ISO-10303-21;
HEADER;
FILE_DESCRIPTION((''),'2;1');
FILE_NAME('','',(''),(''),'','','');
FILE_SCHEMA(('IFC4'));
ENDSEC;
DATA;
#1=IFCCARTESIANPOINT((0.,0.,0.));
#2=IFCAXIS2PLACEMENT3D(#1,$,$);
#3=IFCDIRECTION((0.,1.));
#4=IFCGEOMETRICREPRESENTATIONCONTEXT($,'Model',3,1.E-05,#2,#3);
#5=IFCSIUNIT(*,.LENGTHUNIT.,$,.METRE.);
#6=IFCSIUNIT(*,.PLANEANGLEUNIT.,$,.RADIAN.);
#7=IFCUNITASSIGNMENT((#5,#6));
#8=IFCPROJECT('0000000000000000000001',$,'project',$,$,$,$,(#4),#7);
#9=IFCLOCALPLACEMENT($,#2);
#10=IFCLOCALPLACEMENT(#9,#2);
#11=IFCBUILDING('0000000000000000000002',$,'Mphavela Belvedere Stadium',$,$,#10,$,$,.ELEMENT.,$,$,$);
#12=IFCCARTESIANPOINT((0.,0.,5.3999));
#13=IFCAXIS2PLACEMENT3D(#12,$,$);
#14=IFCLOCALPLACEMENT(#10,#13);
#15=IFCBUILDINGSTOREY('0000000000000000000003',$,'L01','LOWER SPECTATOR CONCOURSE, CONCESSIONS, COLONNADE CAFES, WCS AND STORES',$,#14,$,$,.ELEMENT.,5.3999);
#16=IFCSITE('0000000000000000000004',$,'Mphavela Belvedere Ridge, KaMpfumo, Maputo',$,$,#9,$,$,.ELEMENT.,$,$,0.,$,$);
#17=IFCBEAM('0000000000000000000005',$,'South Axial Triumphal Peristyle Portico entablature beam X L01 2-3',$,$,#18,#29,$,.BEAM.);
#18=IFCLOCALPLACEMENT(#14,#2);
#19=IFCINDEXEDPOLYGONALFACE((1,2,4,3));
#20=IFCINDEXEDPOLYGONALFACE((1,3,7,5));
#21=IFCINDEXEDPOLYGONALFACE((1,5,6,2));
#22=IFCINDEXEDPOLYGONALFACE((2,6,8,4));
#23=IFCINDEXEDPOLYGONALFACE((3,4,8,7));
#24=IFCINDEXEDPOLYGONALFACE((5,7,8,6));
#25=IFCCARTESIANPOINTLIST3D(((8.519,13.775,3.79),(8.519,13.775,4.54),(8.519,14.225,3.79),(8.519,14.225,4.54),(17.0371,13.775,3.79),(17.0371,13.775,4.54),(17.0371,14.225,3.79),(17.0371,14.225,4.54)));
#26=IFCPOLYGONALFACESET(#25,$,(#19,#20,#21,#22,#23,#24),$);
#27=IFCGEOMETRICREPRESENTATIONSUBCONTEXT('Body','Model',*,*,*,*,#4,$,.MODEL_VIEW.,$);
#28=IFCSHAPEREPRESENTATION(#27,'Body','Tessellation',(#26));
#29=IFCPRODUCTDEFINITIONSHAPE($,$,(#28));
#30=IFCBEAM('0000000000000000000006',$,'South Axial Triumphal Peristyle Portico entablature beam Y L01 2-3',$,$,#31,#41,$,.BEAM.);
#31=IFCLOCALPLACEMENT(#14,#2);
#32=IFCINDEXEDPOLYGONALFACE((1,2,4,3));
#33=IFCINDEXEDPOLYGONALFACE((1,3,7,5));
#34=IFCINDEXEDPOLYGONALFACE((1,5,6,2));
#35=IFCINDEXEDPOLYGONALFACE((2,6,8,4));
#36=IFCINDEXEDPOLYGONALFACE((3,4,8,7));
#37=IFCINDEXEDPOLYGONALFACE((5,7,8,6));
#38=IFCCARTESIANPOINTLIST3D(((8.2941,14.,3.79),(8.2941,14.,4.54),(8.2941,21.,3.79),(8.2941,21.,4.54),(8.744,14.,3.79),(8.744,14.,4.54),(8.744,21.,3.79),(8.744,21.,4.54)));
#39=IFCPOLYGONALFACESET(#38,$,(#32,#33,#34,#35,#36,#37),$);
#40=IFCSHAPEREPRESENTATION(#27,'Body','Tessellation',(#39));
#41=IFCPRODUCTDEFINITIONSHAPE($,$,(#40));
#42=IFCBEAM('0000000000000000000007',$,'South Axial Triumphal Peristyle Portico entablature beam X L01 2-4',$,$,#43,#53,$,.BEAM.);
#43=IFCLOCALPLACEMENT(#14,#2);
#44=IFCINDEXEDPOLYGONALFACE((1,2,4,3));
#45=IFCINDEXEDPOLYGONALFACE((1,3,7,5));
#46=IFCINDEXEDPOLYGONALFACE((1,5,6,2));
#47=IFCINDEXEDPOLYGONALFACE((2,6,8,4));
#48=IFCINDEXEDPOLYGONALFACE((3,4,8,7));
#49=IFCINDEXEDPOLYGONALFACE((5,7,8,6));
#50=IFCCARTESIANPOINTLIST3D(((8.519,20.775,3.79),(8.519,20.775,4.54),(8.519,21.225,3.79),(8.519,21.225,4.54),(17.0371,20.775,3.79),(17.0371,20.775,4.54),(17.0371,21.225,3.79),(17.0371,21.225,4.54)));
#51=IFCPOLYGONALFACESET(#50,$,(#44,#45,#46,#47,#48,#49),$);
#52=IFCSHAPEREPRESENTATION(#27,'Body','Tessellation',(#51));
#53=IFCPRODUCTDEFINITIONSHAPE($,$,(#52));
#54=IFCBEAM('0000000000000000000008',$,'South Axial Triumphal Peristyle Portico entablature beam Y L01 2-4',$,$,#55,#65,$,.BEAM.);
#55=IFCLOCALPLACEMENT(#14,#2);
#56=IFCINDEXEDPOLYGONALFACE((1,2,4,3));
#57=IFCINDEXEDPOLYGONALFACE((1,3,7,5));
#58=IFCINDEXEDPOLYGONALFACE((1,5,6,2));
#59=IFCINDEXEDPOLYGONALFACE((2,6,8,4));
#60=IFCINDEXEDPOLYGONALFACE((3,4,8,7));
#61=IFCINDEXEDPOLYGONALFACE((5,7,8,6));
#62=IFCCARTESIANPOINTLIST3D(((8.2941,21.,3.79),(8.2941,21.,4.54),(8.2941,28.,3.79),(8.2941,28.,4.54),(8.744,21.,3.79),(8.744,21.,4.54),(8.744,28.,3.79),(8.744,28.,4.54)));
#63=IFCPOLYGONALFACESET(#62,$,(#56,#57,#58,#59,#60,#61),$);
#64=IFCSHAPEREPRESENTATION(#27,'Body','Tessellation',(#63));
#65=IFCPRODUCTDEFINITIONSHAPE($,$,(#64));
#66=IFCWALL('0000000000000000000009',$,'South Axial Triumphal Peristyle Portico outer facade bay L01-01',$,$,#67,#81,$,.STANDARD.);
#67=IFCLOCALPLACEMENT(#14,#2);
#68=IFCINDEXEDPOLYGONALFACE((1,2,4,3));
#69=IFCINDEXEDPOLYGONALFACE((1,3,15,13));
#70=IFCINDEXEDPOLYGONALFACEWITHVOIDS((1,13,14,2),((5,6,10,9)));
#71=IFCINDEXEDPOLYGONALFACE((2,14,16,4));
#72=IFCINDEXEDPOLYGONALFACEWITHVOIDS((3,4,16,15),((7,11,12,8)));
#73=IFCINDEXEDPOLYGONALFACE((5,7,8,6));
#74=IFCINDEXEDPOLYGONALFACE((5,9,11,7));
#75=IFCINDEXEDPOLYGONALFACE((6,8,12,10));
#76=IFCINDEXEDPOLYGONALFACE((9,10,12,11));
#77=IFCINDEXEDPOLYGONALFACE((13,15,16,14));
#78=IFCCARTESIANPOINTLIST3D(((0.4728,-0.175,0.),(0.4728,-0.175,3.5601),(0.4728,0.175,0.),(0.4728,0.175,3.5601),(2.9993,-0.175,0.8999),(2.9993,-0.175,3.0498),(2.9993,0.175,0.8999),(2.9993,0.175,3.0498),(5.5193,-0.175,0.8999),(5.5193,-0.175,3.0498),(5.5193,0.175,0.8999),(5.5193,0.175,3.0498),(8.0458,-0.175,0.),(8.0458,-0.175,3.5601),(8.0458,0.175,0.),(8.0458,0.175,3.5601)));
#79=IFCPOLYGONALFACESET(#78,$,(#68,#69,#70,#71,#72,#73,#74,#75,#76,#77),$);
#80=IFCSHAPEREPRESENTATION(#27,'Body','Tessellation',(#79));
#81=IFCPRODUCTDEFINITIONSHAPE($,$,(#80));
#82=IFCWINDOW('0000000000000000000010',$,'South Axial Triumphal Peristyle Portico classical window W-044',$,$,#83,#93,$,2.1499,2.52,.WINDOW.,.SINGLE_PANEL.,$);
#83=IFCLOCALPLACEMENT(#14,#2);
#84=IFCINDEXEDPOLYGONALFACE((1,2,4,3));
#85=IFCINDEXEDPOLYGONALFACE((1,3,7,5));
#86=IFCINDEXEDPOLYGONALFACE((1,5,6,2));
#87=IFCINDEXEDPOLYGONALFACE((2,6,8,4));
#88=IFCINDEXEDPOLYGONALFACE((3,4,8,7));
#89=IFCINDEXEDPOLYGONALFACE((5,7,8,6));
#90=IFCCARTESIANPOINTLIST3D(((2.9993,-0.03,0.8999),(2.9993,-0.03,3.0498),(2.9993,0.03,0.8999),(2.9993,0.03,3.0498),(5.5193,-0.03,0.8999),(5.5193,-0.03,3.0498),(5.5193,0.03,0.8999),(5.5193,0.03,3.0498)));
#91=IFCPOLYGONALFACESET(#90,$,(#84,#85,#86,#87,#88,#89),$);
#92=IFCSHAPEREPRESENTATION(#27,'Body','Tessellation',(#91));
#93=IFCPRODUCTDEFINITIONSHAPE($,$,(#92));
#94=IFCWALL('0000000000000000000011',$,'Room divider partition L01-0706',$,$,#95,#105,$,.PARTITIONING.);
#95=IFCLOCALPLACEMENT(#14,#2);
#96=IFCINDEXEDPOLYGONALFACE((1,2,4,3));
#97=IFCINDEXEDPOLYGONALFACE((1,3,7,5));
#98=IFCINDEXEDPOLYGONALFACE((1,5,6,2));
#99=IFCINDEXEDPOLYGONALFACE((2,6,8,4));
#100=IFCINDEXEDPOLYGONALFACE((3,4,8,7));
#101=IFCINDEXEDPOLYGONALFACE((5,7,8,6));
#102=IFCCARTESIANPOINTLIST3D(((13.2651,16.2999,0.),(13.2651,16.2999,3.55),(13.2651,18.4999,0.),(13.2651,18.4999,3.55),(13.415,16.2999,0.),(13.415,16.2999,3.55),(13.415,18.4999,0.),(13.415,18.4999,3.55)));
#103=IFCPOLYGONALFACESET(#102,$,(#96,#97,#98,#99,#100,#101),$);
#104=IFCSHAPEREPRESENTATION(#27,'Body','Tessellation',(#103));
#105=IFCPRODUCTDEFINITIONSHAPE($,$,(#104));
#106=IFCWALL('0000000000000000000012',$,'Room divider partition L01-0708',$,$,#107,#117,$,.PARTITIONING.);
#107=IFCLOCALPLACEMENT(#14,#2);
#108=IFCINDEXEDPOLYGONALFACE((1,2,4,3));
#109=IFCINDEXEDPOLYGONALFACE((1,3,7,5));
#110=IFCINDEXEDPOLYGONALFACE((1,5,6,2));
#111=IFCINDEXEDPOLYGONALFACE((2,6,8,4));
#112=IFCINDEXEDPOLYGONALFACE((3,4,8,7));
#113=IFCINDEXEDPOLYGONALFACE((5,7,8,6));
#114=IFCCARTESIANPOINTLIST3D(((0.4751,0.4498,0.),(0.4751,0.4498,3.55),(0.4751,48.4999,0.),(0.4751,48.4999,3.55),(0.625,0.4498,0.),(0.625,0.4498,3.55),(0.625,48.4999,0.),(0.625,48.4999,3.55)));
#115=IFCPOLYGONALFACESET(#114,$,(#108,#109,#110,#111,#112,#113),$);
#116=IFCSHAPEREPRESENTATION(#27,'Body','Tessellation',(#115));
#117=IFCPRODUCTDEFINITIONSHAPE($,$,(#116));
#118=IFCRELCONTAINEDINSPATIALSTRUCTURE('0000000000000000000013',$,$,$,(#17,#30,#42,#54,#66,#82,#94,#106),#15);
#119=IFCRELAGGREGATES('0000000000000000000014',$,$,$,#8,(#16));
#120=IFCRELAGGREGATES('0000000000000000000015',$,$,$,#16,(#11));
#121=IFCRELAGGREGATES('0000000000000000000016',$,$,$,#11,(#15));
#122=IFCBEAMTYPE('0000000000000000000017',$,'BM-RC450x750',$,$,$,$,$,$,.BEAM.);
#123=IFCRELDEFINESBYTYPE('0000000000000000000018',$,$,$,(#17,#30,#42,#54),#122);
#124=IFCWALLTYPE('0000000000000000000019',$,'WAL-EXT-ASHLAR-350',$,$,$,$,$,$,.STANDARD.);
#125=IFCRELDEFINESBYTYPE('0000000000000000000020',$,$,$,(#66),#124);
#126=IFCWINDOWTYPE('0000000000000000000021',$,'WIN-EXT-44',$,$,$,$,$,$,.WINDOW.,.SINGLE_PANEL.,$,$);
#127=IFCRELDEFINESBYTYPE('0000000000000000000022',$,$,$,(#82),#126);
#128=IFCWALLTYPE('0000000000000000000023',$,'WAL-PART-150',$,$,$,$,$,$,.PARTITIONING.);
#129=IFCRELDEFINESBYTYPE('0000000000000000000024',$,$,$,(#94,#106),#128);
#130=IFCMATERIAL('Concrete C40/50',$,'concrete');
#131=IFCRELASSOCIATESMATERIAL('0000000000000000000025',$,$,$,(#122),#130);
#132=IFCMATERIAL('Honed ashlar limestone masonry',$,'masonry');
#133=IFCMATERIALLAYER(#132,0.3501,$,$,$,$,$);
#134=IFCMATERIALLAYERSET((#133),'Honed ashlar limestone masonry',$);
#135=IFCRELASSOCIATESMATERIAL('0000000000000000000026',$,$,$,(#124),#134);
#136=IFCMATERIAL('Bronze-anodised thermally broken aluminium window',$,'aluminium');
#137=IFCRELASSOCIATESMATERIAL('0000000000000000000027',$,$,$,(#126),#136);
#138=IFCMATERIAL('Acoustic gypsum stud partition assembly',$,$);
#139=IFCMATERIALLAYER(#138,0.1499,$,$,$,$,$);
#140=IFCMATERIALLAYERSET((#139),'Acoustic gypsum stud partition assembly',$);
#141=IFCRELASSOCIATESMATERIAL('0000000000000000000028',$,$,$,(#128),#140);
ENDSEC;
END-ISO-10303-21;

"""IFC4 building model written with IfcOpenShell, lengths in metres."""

from ifc_helpers import new_model, si_unit, direction, frame, frame_2d, origin, origin_2d, place, context, subcontext, project, spatial, rectangle, extrude, material, layer, layer_set, material_profile, profile_set, type_object, element, fill, save


model = new_model("IFC4")

# Units and contexts
model_context = context("Model", 3, precision=1e-05, world=origin(), true_north=direction((0.0, 1.0)))
body_context = subcontext(model_context, "Body", "Model", "MODEL_VIEW")
ifc_project = project(units=[si_unit("LENGTHUNIT", "METRE"), si_unit("PLANEANGLEUNIT", "RADIAN")], contexts=[model_context])

# Site, building, storey
site_placement = place(None, origin())
site = spatial("IfcSite", under=ifc_project, at=site_placement, Name="Mphavela Belvedere Ridge, KaMpfumo, Maputo", CompositionType="ELEMENT", RefElevation=0.0)
building_placement = place(site_placement, origin())
building = spatial("IfcBuilding", under=site, at=building_placement, Name="Mphavela Belvedere Stadium", CompositionType="ELEMENT")
storey_placement = place(building_placement, frame((0.0, 0.0, 5.3999)))
storey = spatial("IfcBuildingStorey", under=building, at=storey_placement, Name="L01", Description="LOWER SPECTATOR CONCOURSE, CONCESSIONS, COLONNADE CAFES, WCS AND STORES", CompositionType="ELEMENT", Elevation=5.3999)

# Beams
ifc_material_1 = material(Name="Concrete C40/50", Category="concrete")
ifc_material_profile_1 = material_profile(ifc_material_1, rectangle(XDim=0.45, YDim=0.75, at=origin_2d()), Name="RC 450x750")
ifc_profile_set_1 = profile_set([ifc_material_profile_1], Name="Concrete C40/50")
beam_type_1 = type_object("IfcBeamType", Name="BM-RC450x750", PredefinedType="BEAM", material=ifc_profile_set_1)
beam_1_placement = place(storey_placement, frame((8.519, 14.0, 4.165), z_axis=(1.0, 0.0, 0.0), x_axis=(0.0, 1.0, 0.0)))
element("IfcBeam", 1, at=beam_1_placement, inside=storey, type_object=beam_type_1, Name="South Axial Triumphal Peristyle Portico entablature beam X L01 2-3", PredefinedType="BEAM", context=body_context, shape_type="SweptSolid", body=[
    extrude(rectangle(XDim=0.45, YDim=0.75, at=origin_2d()), origin(), (0.0, 0.0, 1.0), 8.5181),
])
beam_2_placement = place(storey_placement, frame((8.519, 14.0, 4.165), z_axis=(0.0, 1.0, 0.0), x_axis=(-1.0, 0.0, 0.0)))
element("IfcBeam", 2, at=beam_2_placement, inside=storey, type_object=beam_type_1, Name="South Axial Triumphal Peristyle Portico entablature beam Y L01 2-3", PredefinedType="BEAM", context=body_context, shape_type="SweptSolid", body=[
    extrude(rectangle(XDim=0.45, YDim=0.75, at=origin_2d()), origin(), (0.0, 0.0, 1.0), 7.0),
])
beam_3_placement = place(storey_placement, frame((8.519, 21.0, 4.165), z_axis=(1.0, 0.0, 0.0), x_axis=(0.0, 1.0, 0.0)))
element("IfcBeam", 3, at=beam_3_placement, inside=storey, type_object=beam_type_1, Name="South Axial Triumphal Peristyle Portico entablature beam X L01 2-4", PredefinedType="BEAM", context=body_context, shape_type="SweptSolid", body=[
    extrude(rectangle(XDim=0.45, YDim=0.75, at=origin_2d()), origin(), (0.0, 0.0, 1.0), 8.5181),
])
beam_4_placement = place(storey_placement, frame((8.519, 21.0, 4.165), z_axis=(0.0, 1.0, 0.0), x_axis=(-1.0, 0.0, 0.0)))
element("IfcBeam", 4, at=beam_4_placement, inside=storey, type_object=beam_type_1, Name="South Axial Triumphal Peristyle Portico entablature beam Y L01 2-4", PredefinedType="BEAM", context=body_context, shape_type="SweptSolid", body=[
    extrude(rectangle(XDim=0.45, YDim=0.75, at=origin_2d()), origin(), (0.0, 0.0, 1.0), 7.0),
])

# Wall, opening, window
ifc_material_2 = material(Name="Honed ashlar limestone masonry", Category="masonry")
ifc_layer_1 = layer(ifc_material_2, 0.3501)
ifc_layer_set_1 = layer_set([ifc_layer_1], Name="Honed ashlar limestone masonry")
wall_type_1 = type_object("IfcWallType", Name="WAL-EXT-ASHLAR-350", PredefinedType="STANDARD", material=ifc_layer_set_1)
wall_1_placement = place(storey_placement, frame((8.0459, 0.0, 0.0), z_axis=(0.0, 0.0, 1.0), x_axis=(-1.0, 0.0, 0.0)))
wall_1 = element("IfcWall", 5, at=wall_1_placement, inside=storey, type_object=wall_type_1, Name="South Axial Triumphal Peristyle Portico outer facade bay L01-01", PredefinedType="STANDARD", context=body_context, shape_type="SweptSolid", body=[
    extrude(rectangle(XDim=7.573, YDim=0.3501, at=frame_2d((3.7866, 0.0))), origin(), (0.0, 0.0, 1.0), 3.5601),
])
opening_placement = place(wall_1_placement, frame((2.5266, 0.0, 0.8999)))
opening = element("IfcOpeningElement", 6, at=opening_placement, cuts=wall_1, PredefinedType="OPENING", context=body_context, shape_type="SweptSolid", body=[
    extrude(rectangle(XDim=2.52, YDim=2.1499, at=frame_2d((1.26, 1.075))), frame((0.0, 0.1851, 0.0), z_axis=(0.0, -1.0, 0.0), x_axis=(1.0, 0.0, 0.0)), (0.0, 0.0, 1.0), 0.3701),
])
ifc_material_3 = material(Name="Bronze-anodised thermally broken aluminium window", Category="aluminium")
window_type = type_object("IfcWindowType", Name="WIN-EXT-44", PartitioningType="SINGLE_PANEL", PredefinedType="WINDOW", material=ifc_material_3)
window_placement = place(opening_placement, origin())
window = element("IfcWindow", 7, at=window_placement, inside=storey, type_object=window_type, Name="South Axial Triumphal Peristyle Portico classical window W-044", OverallHeight=2.1499, OverallWidth=2.52, PartitioningType="SINGLE_PANEL", PredefinedType="WINDOW", context=body_context, shape_type="SweptSolid", body=[
    extrude(rectangle(XDim=2.52, YDim=2.1499, at=frame_2d((1.26, 1.075))), frame((0.0, 0.03, 0.0), z_axis=(0.0, -1.0, 0.0), x_axis=(1.0, 0.0, 0.0)), (0.0, 0.0, 1.0), 0.0601),
])
fill(opening, window)

# Walls
ifc_material_4 = material(Name="Acoustic gypsum stud partition assembly")
ifc_layer_2 = layer(ifc_material_4, 0.1499)
ifc_layer_set_2 = layer_set([ifc_layer_2], Name="Acoustic gypsum stud partition assembly")
wall_type_2 = type_object("IfcWallType", Name="WAL-PART-150", PredefinedType="PARTITIONING", material=ifc_layer_set_2)
wall_2_placement = place(storey_placement, frame((13.3401, 18.5, 0.0), z_axis=(0.0, 0.0, 1.0), x_axis=(0.0, -1.0, 0.0)))
element("IfcWall", 8, at=wall_2_placement, inside=storey, type_object=wall_type_2, Name="Room divider partition L01-0706", PredefinedType="PARTITIONING", context=body_context, shape_type="SweptSolid", body=[
    extrude(rectangle(XDim=2.2, YDim=0.1499, at=frame_2d((1.1001, 0.0))), origin(), (0.0, 0.0, 1.0), 3.55),
])
wall_3_placement = place(storey_placement, frame((0.55, 0.45, 0.0), z_axis=(0.0, 0.0, 1.0), x_axis=(0.0, 1.0, 0.0)))
element("IfcWall", 9, at=wall_3_placement, inside=storey, type_object=wall_type_2, Name="Room divider partition L01-0708", PredefinedType="PARTITIONING", context=body_context, shape_type="SweptSolid", body=[
    extrude(rectangle(XDim=48.05, YDim=0.1499, at=frame_2d((24.0249, 0.0))), origin(), (0.0, 0.0, 1.0), 3.55),
])

save(model, "model.ifc")
